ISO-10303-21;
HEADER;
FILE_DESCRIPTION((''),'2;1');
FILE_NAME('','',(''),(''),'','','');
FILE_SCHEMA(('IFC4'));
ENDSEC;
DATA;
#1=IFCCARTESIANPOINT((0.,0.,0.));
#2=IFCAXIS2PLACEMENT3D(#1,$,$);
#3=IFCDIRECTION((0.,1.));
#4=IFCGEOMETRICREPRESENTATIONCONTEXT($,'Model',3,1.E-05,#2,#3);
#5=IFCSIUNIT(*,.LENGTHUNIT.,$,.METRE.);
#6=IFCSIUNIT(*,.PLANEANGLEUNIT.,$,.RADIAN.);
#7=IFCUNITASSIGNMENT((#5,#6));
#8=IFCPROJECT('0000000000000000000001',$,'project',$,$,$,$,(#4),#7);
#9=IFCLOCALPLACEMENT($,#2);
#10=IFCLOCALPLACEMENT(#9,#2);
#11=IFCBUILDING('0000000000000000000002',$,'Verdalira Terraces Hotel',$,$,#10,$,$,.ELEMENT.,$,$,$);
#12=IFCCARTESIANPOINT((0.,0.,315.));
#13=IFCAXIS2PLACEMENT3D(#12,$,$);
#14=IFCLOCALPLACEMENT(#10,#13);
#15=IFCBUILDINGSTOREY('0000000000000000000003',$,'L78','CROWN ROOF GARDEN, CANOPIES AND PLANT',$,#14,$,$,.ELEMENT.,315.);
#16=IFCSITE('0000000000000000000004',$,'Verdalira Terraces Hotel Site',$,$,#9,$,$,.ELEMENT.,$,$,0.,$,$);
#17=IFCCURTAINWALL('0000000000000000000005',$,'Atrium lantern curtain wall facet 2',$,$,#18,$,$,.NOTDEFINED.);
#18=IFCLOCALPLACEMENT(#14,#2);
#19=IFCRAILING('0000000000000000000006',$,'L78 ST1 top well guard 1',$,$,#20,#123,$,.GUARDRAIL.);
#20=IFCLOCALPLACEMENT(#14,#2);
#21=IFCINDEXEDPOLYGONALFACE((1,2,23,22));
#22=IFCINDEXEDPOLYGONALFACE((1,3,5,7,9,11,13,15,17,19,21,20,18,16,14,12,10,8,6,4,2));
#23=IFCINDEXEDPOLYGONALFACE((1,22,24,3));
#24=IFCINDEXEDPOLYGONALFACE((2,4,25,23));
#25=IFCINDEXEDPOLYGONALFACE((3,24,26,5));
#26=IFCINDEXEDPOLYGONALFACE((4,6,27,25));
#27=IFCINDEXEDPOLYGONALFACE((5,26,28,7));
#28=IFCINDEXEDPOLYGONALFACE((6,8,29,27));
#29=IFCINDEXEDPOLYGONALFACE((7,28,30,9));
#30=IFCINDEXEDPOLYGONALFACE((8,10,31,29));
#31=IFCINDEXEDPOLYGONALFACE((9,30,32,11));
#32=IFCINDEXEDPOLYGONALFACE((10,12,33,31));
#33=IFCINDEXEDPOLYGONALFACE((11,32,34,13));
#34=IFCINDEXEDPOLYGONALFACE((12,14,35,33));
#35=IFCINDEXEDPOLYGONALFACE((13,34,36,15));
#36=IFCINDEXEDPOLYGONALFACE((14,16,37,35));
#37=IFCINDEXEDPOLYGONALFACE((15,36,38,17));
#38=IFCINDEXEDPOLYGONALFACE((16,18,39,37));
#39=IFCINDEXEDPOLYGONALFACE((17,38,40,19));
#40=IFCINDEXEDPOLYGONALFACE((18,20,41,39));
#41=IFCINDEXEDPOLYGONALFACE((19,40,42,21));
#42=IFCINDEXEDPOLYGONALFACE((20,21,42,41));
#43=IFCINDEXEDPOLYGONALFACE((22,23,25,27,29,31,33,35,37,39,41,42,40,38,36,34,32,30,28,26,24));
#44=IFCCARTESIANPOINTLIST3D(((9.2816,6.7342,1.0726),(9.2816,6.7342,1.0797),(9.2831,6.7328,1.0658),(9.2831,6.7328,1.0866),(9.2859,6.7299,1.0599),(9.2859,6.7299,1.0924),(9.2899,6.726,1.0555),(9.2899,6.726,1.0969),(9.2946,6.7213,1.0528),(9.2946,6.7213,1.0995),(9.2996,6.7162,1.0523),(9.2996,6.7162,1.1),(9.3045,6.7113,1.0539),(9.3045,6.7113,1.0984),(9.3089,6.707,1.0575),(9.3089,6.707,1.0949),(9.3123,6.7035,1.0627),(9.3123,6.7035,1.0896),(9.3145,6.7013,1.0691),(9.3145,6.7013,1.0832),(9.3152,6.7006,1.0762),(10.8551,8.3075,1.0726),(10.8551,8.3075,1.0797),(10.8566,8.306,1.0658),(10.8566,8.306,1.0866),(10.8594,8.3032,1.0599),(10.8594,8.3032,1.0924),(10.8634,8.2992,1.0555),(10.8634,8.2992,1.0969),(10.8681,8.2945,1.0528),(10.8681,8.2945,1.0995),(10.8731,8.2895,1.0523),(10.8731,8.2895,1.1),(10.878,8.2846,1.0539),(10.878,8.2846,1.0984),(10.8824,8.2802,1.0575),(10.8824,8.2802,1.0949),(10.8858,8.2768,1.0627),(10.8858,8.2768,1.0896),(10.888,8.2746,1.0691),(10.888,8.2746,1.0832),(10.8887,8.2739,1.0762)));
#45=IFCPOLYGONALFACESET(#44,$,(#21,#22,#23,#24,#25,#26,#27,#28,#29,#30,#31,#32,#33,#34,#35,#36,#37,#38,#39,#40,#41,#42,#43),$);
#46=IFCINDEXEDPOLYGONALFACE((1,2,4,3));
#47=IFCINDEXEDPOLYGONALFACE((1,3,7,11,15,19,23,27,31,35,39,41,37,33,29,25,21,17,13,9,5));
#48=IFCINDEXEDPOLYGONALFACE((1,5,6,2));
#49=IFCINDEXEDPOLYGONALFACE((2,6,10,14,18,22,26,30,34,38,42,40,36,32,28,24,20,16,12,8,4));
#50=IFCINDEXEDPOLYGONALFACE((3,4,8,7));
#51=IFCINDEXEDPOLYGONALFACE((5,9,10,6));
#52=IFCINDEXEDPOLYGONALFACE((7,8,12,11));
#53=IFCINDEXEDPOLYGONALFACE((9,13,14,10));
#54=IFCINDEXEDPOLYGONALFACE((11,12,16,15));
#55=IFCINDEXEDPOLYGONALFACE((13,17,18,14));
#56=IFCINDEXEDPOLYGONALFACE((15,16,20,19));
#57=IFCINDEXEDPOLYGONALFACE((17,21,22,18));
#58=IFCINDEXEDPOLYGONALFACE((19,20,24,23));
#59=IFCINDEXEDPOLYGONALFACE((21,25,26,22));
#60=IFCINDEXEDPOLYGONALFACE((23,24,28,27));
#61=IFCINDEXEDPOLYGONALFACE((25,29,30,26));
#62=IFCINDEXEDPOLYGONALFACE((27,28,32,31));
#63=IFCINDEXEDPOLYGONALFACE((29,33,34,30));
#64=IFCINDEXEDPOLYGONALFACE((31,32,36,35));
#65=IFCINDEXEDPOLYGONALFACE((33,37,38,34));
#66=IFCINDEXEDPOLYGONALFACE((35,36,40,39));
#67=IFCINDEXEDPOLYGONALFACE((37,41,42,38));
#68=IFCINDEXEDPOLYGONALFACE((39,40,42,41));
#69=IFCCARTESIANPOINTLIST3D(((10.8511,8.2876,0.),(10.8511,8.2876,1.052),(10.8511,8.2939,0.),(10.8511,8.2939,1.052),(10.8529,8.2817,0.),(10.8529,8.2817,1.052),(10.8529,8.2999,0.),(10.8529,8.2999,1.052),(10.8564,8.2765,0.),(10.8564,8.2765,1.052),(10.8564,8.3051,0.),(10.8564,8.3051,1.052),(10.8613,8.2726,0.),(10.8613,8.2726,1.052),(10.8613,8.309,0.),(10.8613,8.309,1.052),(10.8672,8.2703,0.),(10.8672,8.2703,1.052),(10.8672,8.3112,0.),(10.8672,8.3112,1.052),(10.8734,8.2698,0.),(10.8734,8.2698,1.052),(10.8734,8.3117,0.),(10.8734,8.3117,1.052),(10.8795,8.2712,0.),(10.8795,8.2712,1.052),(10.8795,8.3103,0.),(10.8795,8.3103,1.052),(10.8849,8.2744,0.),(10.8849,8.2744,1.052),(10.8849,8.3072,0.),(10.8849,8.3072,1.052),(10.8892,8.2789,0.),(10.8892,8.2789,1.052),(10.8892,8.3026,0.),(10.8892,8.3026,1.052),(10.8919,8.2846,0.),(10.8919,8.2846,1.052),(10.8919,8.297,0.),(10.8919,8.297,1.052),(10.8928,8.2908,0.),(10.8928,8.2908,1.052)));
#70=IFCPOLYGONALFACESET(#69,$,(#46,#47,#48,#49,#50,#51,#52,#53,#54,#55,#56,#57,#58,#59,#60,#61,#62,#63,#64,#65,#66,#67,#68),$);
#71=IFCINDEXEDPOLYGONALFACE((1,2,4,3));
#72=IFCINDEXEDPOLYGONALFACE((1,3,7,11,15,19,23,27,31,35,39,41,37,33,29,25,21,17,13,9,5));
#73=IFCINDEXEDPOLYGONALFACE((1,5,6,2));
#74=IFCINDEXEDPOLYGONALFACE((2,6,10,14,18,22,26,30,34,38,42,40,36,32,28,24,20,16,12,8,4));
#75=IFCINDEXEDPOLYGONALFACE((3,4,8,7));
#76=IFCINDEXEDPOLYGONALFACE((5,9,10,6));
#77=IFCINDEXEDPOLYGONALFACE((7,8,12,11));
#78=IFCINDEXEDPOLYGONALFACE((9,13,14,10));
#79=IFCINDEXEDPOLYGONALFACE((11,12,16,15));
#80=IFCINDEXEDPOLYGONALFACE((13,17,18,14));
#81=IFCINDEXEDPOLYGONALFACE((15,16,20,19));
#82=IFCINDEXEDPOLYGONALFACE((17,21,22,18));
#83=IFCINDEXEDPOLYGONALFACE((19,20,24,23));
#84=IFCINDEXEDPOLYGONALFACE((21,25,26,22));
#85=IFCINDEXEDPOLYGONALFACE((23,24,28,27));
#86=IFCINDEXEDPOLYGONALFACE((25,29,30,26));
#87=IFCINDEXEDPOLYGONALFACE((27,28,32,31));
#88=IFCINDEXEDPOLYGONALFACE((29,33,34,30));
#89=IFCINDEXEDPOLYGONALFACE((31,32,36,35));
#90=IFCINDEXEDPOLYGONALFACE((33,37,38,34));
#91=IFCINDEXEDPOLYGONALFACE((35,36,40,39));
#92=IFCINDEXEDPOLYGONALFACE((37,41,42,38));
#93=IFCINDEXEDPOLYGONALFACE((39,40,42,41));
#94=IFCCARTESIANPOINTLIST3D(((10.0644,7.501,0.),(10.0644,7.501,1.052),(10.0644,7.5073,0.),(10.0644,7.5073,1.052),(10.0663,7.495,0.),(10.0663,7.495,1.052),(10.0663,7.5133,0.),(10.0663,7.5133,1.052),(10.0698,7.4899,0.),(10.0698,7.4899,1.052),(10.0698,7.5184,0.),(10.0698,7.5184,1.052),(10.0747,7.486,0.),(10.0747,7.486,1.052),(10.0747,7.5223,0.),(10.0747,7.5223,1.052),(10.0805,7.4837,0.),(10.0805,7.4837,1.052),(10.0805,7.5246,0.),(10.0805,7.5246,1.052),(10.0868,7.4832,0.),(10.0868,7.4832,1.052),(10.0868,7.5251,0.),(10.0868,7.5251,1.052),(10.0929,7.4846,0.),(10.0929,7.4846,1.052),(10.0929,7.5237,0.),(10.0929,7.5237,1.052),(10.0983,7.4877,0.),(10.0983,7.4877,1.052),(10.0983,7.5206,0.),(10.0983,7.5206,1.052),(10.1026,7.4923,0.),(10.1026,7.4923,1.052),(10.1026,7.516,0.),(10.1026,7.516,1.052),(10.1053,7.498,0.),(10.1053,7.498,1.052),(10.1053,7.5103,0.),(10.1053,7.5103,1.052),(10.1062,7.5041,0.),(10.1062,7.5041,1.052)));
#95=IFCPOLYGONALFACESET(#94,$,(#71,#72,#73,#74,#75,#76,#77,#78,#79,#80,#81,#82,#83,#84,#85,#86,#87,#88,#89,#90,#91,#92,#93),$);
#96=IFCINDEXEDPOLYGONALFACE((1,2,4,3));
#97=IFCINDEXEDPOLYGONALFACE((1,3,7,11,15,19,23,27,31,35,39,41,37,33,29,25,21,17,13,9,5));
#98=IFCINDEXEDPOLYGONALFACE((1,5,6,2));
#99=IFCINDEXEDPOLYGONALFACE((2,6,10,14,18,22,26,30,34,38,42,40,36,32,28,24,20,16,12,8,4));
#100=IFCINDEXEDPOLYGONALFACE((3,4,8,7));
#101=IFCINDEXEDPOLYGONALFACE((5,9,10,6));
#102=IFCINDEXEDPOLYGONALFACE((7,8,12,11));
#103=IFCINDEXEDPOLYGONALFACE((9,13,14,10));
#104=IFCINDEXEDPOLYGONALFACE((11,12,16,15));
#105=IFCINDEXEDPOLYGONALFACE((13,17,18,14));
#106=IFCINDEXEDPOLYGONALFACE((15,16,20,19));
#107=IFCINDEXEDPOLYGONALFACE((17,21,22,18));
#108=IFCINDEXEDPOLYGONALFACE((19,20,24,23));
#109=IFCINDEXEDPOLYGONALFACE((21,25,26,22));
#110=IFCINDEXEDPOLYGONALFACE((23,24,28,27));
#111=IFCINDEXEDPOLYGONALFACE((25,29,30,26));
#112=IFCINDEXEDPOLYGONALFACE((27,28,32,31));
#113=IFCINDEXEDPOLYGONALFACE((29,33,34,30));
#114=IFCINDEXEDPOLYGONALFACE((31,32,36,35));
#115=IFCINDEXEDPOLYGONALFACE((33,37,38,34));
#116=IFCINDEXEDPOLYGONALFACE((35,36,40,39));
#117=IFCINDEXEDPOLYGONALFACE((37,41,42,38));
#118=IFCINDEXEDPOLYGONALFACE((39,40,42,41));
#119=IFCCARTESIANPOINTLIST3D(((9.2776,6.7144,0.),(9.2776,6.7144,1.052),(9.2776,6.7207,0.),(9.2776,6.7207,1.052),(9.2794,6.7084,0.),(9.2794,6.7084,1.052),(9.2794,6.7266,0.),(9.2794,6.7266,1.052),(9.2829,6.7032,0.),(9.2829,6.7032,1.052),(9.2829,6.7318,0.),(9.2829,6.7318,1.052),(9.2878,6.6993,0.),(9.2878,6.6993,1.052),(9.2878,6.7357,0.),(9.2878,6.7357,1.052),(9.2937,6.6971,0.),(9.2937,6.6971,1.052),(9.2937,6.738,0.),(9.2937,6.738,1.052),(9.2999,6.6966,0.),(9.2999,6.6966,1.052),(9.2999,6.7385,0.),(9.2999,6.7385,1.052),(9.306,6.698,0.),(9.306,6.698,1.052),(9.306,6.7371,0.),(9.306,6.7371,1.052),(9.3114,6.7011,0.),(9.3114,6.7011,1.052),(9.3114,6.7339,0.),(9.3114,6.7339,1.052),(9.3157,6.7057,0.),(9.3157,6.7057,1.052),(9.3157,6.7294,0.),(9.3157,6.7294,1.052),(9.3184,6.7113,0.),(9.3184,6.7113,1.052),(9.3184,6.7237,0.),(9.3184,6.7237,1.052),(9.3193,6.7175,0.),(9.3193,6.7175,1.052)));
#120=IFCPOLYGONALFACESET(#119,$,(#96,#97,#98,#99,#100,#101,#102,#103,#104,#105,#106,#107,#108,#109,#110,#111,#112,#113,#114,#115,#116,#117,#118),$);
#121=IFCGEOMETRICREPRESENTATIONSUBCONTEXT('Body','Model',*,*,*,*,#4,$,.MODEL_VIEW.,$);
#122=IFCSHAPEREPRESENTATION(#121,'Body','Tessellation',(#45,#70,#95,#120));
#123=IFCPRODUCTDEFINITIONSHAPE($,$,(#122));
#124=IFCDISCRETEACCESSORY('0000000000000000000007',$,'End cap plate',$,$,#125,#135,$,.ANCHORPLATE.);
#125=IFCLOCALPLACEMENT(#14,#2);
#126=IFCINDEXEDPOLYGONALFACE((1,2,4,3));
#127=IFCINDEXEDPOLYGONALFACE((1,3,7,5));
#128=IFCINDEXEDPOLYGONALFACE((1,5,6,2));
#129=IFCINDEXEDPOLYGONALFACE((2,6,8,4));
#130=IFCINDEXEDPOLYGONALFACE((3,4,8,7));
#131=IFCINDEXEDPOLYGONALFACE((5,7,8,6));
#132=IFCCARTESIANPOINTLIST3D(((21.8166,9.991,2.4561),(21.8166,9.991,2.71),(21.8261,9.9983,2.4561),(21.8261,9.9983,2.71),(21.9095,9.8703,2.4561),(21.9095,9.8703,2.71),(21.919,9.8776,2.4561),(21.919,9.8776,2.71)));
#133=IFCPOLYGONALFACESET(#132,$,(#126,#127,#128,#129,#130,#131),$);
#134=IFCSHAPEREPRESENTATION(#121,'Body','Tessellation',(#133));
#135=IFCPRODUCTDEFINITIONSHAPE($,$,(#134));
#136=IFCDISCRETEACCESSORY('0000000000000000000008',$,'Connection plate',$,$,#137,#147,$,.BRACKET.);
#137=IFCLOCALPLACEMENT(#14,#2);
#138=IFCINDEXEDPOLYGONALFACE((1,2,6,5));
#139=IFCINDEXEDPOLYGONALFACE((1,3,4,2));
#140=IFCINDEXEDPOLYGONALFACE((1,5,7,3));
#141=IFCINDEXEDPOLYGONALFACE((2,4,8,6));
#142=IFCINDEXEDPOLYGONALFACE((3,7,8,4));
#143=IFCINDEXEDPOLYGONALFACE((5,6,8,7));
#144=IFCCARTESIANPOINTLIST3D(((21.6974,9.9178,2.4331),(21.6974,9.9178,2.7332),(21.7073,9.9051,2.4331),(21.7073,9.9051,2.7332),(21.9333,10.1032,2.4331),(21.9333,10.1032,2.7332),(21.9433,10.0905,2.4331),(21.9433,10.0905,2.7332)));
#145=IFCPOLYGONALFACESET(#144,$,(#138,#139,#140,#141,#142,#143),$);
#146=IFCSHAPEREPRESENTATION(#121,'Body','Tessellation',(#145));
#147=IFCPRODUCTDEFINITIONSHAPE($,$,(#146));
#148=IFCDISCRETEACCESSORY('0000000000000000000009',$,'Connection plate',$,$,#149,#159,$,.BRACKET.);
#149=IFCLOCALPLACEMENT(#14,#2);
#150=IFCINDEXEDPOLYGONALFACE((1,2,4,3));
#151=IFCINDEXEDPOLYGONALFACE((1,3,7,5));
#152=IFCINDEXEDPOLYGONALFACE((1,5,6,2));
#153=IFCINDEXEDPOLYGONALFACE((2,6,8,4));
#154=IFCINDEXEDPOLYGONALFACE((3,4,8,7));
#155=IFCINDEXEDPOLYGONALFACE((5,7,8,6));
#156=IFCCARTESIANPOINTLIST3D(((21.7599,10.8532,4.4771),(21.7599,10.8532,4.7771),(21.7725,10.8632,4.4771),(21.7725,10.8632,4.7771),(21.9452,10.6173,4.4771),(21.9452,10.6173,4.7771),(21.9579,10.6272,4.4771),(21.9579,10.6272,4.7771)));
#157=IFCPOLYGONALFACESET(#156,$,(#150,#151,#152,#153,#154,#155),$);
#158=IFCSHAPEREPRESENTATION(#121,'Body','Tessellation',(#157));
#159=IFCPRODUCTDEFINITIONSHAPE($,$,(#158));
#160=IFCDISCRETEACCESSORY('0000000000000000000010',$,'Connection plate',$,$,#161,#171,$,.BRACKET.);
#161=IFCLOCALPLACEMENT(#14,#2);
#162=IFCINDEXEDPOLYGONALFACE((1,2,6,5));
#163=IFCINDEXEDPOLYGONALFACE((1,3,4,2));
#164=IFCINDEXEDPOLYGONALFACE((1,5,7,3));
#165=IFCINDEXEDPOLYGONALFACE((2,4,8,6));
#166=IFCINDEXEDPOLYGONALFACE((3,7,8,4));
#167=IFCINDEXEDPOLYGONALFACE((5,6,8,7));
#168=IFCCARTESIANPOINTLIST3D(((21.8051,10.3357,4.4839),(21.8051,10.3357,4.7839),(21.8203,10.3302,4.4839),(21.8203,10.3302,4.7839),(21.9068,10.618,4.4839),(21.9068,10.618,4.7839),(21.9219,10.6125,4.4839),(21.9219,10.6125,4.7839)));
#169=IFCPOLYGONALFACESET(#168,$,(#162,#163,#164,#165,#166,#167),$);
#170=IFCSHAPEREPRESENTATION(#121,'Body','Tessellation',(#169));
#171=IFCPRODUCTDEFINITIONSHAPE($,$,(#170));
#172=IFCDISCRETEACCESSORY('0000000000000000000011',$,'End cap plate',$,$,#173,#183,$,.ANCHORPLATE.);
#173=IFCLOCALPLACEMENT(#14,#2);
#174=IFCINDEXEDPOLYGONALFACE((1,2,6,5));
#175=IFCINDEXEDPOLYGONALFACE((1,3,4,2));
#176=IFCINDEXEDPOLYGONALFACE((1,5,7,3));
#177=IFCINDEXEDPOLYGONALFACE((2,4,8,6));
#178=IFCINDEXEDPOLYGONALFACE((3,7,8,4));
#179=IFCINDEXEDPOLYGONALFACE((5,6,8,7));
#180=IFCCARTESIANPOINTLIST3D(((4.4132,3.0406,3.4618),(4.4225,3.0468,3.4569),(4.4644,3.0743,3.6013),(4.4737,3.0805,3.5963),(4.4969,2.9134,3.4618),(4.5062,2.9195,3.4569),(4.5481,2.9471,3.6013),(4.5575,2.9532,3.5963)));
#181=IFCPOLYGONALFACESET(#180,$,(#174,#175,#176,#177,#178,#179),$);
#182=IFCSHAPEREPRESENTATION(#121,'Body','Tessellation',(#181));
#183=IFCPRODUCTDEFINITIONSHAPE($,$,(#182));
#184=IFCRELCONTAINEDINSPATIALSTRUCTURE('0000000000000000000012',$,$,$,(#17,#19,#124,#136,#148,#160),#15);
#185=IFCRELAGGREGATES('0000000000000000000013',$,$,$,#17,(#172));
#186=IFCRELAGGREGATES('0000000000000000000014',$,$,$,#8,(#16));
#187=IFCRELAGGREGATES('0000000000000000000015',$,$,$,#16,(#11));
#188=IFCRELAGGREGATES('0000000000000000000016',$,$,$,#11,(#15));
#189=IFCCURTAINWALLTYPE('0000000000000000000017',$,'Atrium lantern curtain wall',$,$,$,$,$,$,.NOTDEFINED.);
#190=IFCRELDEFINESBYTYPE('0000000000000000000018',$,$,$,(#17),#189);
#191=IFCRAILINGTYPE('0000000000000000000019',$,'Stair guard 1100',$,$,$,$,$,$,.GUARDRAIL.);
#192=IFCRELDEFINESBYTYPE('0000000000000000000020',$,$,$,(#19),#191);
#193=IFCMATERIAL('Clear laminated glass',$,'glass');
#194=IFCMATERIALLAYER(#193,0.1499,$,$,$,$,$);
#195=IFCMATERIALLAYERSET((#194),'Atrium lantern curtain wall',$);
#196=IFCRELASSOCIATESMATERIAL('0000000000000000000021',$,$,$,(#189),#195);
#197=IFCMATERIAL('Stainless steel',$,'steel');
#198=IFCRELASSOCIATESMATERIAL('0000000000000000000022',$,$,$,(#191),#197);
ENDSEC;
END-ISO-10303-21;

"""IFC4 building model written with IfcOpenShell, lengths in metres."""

from ifc_helpers import new_model, si_unit, direction, frame, origin, origin_2d, place, context, subcontext, project, spatial, rectangle, circle, extrude, material, layer, layer_set, type_object, element, aggregate, save


model = new_model("IFC4")

# Units and contexts
model_context = context("Model", 3, precision=1e-05, world=origin(), true_north=direction((0.0, 1.0)))
body_context = subcontext(model_context, "Body", "Model", "MODEL_VIEW")
ifc_project = project(units=[si_unit("LENGTHUNIT", "METRE"), si_unit("PLANEANGLEUNIT", "RADIAN")], contexts=[model_context])

# Site, building, storey
site_placement = place(None, origin())
site = spatial("IfcSite", under=ifc_project, at=site_placement, Name="Verdalira Terraces Hotel Site", CompositionType="ELEMENT", RefElevation=0.0)
building_placement = place(site_placement, origin())
building = spatial("IfcBuilding", under=site, at=building_placement, Name="Verdalira Terraces Hotel", CompositionType="ELEMENT")
storey_placement = place(building_placement, frame((0.0, 0.0, 315.0)))
storey = spatial("IfcBuildingStorey", under=building, at=storey_placement, Name="L78", Description="CROWN ROOF GARDEN, CANOPIES AND PLANT", CompositionType="ELEMENT", Elevation=315.0)

# Curtain wall
ifc_material_1 = material(Name="Clear laminated glass", Category="glass")
ifc_layer_1 = layer(ifc_material_1, 0.1499)
ifc_layer_set_1 = layer_set([ifc_layer_1], Name="Atrium lantern curtain wall")
curtain_wall_type = type_object("IfcCurtainWallType", Name="Atrium lantern curtain wall", PredefinedType="NOTDEFINED", material=ifc_layer_set_1)
curtain_wall_placement = place(storey_placement, origin())
curtain_wall = element("IfcCurtainWall", 1, at=curtain_wall_placement, inside=storey, type_object=curtain_wall_type, Name="Atrium lantern curtain wall facet 2", PredefinedType="NOTDEFINED")

# Railing
ifc_material_2 = material(Name="Stainless steel", Category="steel")
railing_type_1 = type_object("IfcRailingType", Name="Stair guard 1100", PredefinedType="GUARDRAIL", material=ifc_material_2)
railing_1_placement = place(storey_placement, frame((10.8718, 8.2908, 0.0)))
element("IfcRailing", 2, at=railing_1_placement, inside=storey, type_object=railing_type_1, Name="L78 ST1 top well guard 1", PredefinedType="GUARDRAIL", context=body_context, shape_type="SweptSolid", body=[
    extrude(circle(Radius=0.0239, at=origin_2d()), frame((0.0, 0.0, 1.0762), z_axis=(-0.707162, -0.707052, 0.0), x_axis=(0.707052, -0.707162, 0.0)), (0.0, 0.0, 1.0), 2.2251),
    extrude(circle(Radius=0.021, at=origin_2d()), origin(), (0.0, 0.0, 1.0), 1.052),
    extrude(circle(Radius=0.021, at=origin_2d()), frame((-0.7866, -0.7866, 0.0)), (0.0, 0.0, 1.0), 1.052),
    extrude(circle(Radius=0.021, at=origin_2d()), frame((-1.5735, -1.5732, 0.0)), (0.0, 0.0, 1.0), 1.052),
])

# Discrete accessories
discrete_accessory_1_placement = place(storey_placement, frame((21.863, 9.9307, 2.583), z_axis=(0.792624, 0.609711, 0.0), x_axis=(-0.609711, 0.792624, 0.0)))
element("IfcDiscreteAccessory", 3, at=discrete_accessory_1_placement, inside=storey, Name="End cap plate", PredefinedType="ANCHORPLATE", context=body_context, shape_type="SweptSolid", body=[
    extrude(rectangle(XDim=0.1523, YDim=0.2539, at=origin_2d()), origin(), (0.0, 0.0, 1.0), 0.012),
])
for number, where, z_axis, x_axis, name in (
    (4, (21.8203, 10.0041, 2.4331), (0.0, 0.0, 1.0), (0.786288, 0.61786, 0.0), "Connection plate"),
    (5, (21.8589, 10.7402, 4.4771), (0.0, 0.0, 1.0), (0.61786, -0.786288, 0.0), "Connection plate"),
    (6, (21.8635, 10.4741, 4.4839), (0.0, 0.0, 1.0), (0.338896, 0.940824, 0.0), "Connection plate"),
):
    element("IfcDiscreteAccessory", number, at=place(storey_placement, frame(where, z_axis=z_axis, x_axis=x_axis)), inside=storey, Name=name, PredefinedType="BRACKET", context=body_context, shape_type="SweptSolid", body=[
        extrude(rectangle(XDim=0.3, YDim=0.0161, at=origin_2d()), origin(), (0.0, 0.0, 1.0), 0.3),
    ])

# Discrete accessory
discrete_accessory_2_placement = place(storey_placement, frame((4.49, 3.0, 3.5266), z_axis=(-0.764756, -0.503129, 0.402503), x_axis=(0.549617, -0.835417, 0.0)))
discrete_accessory_2 = element("IfcDiscreteAccessory", 7, at=discrete_accessory_2_placement, Name="End cap plate", PredefinedType="ANCHORPLATE", context=body_context, shape_type="SweptSolid", body=[
    extrude(rectangle(XDim=0.1523, YDim=0.1523, at=origin_2d()), origin(), (0.0, 0.0, 1.0), 0.0122),
])
aggregate(curtain_wall, [discrete_accessory_2])

save(model, "model.ifc")
